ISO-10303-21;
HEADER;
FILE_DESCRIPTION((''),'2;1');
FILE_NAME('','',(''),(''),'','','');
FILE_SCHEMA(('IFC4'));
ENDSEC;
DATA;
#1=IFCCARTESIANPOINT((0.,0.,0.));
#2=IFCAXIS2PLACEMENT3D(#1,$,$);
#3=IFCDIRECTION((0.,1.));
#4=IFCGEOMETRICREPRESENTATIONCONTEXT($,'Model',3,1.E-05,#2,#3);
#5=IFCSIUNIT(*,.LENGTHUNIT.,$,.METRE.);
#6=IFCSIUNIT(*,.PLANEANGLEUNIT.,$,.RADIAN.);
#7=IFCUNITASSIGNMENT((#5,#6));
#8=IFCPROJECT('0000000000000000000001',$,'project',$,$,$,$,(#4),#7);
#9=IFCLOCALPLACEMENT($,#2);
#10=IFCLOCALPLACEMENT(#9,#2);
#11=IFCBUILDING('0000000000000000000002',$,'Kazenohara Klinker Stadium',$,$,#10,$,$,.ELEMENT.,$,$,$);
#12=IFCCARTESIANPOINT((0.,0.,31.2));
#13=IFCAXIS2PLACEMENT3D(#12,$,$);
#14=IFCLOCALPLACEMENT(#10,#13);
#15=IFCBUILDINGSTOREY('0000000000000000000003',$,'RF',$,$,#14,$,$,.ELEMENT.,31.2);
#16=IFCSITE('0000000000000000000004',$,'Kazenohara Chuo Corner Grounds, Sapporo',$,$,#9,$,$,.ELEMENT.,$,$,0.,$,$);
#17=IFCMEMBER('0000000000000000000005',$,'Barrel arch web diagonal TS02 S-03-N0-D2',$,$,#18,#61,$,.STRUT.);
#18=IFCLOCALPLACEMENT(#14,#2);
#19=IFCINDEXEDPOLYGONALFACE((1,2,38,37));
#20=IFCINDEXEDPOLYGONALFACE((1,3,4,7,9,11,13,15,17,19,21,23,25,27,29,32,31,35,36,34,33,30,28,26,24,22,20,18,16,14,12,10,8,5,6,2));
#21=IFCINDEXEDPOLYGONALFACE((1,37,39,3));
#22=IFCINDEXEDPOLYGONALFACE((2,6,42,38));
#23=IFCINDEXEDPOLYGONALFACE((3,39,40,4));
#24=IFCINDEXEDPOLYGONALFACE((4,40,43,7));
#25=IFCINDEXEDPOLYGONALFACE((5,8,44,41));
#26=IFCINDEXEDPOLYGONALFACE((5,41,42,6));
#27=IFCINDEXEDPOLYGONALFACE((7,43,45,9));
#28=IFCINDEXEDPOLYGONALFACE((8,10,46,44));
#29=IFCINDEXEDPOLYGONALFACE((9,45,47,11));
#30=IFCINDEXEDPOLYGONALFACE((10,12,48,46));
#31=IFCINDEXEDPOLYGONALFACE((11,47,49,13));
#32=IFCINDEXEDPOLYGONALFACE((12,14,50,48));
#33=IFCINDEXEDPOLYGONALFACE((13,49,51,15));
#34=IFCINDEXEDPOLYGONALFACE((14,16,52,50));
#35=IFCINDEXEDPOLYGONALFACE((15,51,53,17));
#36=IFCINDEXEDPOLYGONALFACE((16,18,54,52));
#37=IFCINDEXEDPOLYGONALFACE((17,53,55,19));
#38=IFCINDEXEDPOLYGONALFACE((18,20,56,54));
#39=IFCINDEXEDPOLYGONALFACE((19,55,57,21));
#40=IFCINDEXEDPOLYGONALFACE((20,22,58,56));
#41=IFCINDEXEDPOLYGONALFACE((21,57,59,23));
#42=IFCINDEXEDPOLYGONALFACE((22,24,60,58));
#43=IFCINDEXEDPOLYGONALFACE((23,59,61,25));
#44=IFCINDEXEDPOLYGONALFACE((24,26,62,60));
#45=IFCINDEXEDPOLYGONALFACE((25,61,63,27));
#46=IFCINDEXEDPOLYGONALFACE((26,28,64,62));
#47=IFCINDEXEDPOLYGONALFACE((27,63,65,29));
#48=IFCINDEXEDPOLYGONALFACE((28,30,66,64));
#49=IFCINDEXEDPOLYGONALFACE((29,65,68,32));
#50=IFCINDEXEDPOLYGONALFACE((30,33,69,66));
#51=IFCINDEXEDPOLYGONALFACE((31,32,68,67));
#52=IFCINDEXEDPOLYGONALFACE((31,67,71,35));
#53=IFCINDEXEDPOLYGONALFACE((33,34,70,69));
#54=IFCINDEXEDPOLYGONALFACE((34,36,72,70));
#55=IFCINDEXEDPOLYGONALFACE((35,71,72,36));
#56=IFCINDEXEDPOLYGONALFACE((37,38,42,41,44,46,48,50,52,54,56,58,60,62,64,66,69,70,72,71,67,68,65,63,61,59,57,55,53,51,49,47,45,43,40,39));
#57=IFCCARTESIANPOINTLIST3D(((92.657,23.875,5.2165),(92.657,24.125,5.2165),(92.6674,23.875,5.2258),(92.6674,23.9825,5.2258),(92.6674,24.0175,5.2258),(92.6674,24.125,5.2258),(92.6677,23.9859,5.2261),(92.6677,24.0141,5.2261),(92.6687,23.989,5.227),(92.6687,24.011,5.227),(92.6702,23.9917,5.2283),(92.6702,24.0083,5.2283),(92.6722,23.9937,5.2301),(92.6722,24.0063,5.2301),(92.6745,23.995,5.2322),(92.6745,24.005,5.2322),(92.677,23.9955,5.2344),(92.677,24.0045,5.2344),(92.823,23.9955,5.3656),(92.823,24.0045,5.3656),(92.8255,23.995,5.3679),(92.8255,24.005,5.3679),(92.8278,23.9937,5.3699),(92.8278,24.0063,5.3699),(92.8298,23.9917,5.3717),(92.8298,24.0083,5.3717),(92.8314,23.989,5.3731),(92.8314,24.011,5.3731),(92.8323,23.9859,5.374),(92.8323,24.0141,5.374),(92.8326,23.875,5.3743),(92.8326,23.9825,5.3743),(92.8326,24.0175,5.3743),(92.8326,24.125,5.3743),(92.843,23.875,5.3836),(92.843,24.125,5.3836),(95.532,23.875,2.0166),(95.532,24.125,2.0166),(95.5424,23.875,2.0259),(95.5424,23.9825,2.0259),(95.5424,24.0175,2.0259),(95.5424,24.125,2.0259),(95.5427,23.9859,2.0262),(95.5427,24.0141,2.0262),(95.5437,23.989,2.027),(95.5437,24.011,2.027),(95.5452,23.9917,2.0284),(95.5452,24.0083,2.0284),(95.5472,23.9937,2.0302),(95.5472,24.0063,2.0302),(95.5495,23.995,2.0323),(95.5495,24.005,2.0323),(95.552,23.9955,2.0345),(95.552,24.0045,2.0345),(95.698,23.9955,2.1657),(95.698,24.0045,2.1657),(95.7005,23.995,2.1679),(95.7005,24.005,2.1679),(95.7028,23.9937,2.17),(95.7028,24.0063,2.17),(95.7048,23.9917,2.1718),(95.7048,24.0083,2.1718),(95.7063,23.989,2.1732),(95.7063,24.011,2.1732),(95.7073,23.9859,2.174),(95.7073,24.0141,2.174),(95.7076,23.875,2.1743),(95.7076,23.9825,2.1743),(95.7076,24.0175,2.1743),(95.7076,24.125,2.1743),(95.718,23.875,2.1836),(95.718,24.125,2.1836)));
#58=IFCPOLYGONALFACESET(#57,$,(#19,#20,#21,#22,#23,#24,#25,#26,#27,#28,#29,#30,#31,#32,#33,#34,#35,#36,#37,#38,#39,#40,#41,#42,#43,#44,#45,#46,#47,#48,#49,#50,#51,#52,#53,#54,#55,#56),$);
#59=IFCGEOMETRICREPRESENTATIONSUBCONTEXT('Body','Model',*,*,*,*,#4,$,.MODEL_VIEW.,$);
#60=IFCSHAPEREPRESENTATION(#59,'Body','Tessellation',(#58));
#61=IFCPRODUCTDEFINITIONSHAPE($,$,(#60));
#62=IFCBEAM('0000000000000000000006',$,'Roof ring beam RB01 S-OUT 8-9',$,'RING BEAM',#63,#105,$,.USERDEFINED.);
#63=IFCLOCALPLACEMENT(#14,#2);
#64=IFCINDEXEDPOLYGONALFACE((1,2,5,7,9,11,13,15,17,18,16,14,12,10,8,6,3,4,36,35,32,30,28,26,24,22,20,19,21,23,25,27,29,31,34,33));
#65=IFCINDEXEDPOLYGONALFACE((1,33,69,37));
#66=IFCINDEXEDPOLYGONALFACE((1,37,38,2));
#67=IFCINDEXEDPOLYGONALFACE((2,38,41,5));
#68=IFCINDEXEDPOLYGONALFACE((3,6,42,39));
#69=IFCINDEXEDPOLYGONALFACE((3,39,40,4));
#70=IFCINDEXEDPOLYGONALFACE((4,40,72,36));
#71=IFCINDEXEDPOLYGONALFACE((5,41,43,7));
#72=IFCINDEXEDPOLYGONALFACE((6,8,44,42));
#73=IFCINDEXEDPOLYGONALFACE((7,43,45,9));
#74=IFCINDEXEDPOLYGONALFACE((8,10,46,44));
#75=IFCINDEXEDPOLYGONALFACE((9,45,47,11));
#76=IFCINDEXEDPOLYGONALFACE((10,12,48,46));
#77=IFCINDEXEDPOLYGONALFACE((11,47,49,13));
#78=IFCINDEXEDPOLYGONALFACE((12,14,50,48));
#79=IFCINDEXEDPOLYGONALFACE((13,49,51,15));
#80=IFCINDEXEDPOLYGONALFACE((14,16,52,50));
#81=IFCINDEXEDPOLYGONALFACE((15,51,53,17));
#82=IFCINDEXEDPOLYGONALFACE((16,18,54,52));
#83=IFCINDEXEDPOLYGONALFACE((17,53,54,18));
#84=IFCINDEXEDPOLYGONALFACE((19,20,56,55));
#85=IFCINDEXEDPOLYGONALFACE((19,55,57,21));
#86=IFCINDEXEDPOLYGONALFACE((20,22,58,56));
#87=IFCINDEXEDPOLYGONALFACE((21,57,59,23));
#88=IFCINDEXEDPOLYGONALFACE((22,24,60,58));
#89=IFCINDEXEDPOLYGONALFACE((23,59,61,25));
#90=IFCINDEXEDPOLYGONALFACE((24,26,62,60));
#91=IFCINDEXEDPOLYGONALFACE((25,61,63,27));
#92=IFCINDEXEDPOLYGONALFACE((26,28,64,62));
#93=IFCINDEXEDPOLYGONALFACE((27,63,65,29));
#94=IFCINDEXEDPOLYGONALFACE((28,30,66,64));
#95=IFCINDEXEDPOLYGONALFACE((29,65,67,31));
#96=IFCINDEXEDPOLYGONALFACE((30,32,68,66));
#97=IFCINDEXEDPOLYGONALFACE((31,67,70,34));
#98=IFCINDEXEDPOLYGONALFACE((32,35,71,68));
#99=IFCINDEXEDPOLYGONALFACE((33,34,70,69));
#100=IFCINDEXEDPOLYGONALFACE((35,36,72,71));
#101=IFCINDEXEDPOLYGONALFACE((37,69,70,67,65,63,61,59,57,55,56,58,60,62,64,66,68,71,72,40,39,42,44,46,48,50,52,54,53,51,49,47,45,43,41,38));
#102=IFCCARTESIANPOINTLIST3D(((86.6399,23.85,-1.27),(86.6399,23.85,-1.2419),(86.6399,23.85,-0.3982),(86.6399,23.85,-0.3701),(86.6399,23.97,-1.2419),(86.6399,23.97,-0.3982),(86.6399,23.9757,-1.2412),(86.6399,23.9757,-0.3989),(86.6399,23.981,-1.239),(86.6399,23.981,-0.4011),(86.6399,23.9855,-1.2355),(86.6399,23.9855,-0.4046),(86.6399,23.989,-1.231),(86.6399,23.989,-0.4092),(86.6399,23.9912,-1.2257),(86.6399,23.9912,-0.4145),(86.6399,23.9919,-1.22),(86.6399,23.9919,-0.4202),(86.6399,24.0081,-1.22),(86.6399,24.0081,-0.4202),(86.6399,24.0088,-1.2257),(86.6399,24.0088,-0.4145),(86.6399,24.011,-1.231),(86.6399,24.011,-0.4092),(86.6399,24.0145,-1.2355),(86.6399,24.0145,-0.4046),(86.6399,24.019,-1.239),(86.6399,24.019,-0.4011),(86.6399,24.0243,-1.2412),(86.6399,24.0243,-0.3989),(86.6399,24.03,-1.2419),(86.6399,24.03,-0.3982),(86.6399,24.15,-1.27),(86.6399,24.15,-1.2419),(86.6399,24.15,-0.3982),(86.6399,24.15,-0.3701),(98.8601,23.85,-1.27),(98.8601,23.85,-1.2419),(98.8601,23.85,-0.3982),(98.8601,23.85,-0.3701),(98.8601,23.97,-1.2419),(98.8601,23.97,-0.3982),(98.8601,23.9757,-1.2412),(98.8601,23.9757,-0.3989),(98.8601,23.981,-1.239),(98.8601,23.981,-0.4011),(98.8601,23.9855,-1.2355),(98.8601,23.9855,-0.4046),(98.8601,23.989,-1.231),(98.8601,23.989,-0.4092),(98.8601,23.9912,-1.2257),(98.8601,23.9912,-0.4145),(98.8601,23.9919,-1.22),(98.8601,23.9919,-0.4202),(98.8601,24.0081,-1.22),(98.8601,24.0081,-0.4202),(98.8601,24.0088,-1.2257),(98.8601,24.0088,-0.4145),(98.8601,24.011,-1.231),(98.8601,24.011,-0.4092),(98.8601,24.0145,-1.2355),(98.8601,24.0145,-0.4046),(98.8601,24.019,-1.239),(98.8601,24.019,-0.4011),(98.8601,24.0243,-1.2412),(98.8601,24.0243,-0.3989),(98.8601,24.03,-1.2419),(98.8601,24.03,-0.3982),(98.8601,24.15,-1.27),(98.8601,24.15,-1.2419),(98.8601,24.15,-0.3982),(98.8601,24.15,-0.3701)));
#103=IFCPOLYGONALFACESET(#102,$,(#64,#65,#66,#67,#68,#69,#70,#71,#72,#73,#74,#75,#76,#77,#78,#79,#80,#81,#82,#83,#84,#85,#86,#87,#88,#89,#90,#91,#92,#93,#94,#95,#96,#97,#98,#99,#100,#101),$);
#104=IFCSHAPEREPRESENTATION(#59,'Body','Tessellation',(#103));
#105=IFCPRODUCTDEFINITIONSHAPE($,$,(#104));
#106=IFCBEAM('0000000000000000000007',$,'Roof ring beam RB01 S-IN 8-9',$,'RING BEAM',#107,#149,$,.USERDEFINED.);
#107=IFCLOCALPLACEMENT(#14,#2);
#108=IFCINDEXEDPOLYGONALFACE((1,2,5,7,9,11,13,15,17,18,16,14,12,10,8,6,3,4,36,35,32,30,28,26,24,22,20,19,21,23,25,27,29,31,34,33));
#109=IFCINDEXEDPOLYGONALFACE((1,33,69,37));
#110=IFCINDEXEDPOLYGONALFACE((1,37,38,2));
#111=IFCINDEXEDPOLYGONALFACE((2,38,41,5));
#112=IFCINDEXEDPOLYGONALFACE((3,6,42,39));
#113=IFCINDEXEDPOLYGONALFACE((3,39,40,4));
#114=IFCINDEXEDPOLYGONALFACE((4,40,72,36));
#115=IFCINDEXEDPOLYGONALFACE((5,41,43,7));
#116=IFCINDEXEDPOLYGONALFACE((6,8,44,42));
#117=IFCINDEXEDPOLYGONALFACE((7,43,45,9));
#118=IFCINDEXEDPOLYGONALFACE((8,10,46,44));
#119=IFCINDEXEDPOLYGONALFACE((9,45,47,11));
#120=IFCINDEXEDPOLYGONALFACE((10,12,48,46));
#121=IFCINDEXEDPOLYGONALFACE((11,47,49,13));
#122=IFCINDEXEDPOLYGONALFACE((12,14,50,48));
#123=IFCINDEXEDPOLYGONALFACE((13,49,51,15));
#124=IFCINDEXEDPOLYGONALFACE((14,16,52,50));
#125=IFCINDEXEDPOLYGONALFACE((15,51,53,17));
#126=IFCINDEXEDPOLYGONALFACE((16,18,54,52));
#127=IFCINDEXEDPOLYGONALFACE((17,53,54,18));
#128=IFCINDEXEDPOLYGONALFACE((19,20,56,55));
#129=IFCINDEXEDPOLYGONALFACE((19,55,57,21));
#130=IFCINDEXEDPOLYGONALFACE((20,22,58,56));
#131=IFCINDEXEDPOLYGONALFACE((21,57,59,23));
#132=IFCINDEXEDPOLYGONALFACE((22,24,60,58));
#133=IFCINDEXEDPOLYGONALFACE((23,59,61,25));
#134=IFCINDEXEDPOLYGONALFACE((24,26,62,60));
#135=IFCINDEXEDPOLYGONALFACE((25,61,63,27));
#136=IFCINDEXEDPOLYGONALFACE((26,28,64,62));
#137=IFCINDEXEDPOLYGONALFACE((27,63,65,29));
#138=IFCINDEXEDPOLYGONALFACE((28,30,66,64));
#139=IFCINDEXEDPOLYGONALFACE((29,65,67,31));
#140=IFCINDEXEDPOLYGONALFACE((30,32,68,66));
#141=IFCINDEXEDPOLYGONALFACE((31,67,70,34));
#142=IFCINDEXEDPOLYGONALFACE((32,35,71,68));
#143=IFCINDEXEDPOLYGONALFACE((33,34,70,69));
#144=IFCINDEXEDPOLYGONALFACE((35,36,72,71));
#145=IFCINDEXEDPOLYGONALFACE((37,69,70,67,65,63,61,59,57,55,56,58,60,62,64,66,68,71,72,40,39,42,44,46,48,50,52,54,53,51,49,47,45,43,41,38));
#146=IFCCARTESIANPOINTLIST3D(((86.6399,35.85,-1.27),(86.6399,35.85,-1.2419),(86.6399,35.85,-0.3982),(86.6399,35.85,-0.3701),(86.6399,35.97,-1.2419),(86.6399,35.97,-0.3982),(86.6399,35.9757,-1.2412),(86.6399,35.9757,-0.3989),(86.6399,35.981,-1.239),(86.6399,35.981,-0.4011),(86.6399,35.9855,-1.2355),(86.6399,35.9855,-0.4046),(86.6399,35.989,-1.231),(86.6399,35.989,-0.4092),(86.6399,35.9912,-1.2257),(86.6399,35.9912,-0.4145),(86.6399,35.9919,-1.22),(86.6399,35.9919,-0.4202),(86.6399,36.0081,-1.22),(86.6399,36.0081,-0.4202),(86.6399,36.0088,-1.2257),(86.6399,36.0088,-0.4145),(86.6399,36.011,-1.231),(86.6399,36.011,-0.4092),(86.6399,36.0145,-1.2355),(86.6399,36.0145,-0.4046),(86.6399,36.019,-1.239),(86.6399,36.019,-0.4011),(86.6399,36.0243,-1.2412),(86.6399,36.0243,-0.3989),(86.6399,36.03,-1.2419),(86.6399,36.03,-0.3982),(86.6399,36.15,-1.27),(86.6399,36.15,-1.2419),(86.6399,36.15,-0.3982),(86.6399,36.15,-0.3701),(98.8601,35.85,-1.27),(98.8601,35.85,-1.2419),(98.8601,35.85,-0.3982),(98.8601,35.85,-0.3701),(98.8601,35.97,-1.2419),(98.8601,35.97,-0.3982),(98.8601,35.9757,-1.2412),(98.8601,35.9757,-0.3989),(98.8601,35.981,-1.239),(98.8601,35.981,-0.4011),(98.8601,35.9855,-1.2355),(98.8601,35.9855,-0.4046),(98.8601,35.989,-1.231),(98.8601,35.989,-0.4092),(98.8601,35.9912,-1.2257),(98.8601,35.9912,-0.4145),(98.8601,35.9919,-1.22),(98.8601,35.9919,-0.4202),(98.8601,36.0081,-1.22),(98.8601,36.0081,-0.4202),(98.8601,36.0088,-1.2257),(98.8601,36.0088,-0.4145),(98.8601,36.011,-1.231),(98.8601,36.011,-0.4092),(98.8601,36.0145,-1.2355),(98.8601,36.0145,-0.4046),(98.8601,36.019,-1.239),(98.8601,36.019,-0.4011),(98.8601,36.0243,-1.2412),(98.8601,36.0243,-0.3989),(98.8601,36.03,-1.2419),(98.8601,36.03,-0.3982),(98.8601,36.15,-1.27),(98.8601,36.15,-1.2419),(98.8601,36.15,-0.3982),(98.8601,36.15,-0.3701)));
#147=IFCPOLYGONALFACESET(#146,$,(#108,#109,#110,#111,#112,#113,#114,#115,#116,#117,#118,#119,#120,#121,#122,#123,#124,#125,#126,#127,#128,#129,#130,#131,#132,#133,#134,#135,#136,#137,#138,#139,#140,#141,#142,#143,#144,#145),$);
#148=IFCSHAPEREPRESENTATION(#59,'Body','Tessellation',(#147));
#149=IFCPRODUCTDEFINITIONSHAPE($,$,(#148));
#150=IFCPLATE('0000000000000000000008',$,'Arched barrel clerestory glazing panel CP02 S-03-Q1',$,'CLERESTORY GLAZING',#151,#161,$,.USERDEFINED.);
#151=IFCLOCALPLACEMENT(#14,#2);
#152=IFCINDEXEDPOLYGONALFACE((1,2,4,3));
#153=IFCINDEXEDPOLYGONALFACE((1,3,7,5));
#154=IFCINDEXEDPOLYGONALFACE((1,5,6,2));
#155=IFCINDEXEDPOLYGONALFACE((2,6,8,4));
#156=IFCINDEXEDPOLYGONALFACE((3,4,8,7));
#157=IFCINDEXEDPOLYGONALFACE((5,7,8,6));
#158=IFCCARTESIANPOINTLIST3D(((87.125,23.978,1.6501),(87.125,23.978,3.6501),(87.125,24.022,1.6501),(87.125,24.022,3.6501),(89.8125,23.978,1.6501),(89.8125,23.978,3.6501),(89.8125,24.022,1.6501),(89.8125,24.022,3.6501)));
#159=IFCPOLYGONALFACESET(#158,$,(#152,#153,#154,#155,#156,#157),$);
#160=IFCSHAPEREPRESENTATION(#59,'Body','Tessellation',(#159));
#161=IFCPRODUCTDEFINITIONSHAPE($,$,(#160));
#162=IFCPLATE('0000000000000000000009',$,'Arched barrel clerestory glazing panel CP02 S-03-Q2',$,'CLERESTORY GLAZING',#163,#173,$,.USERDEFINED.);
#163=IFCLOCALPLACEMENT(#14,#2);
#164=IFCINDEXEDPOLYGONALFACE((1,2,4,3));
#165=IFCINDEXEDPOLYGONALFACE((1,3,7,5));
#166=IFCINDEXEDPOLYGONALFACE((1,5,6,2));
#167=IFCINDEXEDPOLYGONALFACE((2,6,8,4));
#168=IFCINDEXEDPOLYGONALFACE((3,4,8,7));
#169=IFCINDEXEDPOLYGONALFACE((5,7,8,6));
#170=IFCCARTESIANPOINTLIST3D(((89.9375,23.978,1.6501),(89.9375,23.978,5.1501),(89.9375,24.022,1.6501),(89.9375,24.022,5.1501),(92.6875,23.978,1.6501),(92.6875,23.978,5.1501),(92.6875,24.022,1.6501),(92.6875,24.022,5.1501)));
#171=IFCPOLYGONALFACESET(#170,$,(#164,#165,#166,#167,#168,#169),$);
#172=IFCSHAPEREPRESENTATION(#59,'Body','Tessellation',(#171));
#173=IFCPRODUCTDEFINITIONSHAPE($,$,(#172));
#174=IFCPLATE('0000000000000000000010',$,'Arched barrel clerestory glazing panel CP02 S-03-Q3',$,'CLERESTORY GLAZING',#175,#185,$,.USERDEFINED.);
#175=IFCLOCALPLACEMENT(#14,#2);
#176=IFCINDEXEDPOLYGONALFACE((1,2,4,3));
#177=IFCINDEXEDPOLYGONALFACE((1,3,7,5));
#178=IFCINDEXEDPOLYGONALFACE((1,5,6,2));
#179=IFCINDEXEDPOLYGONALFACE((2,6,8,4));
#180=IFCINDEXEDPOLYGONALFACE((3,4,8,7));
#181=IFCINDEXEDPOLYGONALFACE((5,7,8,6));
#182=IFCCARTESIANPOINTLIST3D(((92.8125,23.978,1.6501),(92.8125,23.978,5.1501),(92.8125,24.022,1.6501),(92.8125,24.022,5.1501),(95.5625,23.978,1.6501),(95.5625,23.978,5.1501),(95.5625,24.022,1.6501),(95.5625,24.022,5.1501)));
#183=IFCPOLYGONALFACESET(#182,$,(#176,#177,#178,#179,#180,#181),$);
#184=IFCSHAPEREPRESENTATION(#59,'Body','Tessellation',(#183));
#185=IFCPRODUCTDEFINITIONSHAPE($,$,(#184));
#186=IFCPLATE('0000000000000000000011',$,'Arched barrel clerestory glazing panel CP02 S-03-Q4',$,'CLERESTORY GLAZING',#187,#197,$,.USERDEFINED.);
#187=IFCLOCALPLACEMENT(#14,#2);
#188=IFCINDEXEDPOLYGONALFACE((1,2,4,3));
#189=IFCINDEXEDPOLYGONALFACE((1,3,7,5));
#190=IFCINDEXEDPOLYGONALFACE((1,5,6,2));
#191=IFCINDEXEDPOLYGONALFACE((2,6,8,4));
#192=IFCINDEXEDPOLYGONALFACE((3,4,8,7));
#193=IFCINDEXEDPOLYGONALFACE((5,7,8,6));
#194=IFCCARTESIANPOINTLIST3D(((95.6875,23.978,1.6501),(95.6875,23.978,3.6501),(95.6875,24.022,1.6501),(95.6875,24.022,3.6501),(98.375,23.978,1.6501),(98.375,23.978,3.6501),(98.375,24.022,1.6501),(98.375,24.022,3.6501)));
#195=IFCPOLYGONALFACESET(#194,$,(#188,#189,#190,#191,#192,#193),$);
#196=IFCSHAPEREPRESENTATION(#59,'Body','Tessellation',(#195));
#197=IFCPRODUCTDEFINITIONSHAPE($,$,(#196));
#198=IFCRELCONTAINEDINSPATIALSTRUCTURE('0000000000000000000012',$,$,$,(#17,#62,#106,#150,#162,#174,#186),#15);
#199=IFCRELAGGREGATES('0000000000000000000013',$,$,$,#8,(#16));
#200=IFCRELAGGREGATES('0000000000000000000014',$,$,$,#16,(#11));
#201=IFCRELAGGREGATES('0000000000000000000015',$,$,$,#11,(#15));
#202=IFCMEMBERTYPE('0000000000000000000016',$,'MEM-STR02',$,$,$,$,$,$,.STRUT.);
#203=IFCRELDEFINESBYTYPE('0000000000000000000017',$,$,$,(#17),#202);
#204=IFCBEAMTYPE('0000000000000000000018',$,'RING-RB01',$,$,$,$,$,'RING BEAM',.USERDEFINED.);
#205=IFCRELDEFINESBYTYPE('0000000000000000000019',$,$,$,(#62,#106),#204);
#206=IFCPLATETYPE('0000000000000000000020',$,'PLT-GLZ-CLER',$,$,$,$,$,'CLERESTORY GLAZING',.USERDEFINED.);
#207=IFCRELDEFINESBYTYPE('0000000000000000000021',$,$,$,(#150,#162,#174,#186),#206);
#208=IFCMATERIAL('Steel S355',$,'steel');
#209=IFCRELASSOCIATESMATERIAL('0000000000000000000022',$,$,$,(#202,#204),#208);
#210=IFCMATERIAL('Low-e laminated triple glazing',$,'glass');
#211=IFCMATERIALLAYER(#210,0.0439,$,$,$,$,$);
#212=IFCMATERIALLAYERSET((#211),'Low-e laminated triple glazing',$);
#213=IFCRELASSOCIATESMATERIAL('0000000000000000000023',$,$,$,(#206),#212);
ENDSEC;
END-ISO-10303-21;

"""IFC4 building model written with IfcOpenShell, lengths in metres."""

from ifc_helpers import new_model, si_unit, direction, frame, origin, origin_2d, place, context, subcontext, project, spatial, rectangle, i_section, extrude, material, layer, layer_set, material_profile, profile_set, type_object, element, save


model = new_model("IFC4")

# Units and contexts
model_context = context("Model", 3, precision=1e-05, world=origin(), true_north=direction((0.0, 1.0)))
body_context = subcontext(model_context, "Body", "Model", "MODEL_VIEW")
ifc_project = project(units=[si_unit("LENGTHUNIT", "METRE"), si_unit("PLANEANGLEUNIT", "RADIAN")], contexts=[model_context])

# Site, building, storey
site_placement = place(None, origin())
site = spatial("IfcSite", under=ifc_project, at=site_placement, Name="Kazenohara Chuo Corner Grounds, Sapporo", CompositionType="ELEMENT", RefElevation=0.0)
building_placement = place(site_placement, origin())
building = spatial("IfcBuilding", under=site, at=building_placement, Name="Kazenohara Klinker Stadium", CompositionType="ELEMENT")
storey_placement = place(building_placement, frame((0.0, 0.0, 31.2)))
storey = spatial("IfcBuildingStorey", under=building, at=storey_placement, Name="RF", CompositionType="ELEMENT", Elevation=31.2)

# Member
ifc_material_1 = material(Name="Steel S355", Category="steel")
ifc_material_profile_1 = material_profile(ifc_material_1, i_section(OverallWidth=0.25, OverallDepth=0.25, WebThickness=0.009, FlangeThickness=0.0139, FilletRadius=0.0129, at=origin_2d()), Name="H-250x250x9x14")
ifc_profile_set_1 = profile_set([ifc_material_profile_1], Name="Steel S355")
member_type_1 = type_object("IfcMemberType", Name="MEM-STR02", PredefinedType="STRUT", material=ifc_profile_set_1)
for number, where, z_axis, x_axis, name in (
    (1, (95.625, 24.0, 2.1001), (-0.668328, 0.0, 0.743867), (0.0, -1.0, 0.0), "Barrel arch web diagonal TS02 S-03-N0-D2"),
):
    element("IfcMember", number, at=place(storey_placement, frame(where, z_axis=z_axis, x_axis=x_axis)), inside=storey, type_object=member_type_1, Name=name, PredefinedType="STRUT", context=body_context, shape_type="SweptSolid", body=[
        extrude(i_section(OverallWidth=0.25, OverallDepth=0.25, WebThickness=0.009, FlangeThickness=0.0139, FilletRadius=0.0129, at=origin_2d()), origin(), (0.0, 0.0, 1.0), 4.3018),
    ])

# Beams
ifc_material_profile_2 = material_profile(ifc_material_1, i_section(OverallWidth=0.3, OverallDepth=0.8999, WebThickness=0.0161, FlangeThickness=0.0281, FilletRadius=0.022, at=origin_2d()), Name="H-900x300x16x28")
ifc_profile_set_2 = profile_set([ifc_material_profile_2], Name="Steel S355")
beam_type = type_object("IfcBeamType", Name="RING-RB01", ElementType="RING BEAM", PredefinedType="USERDEFINED", material=ifc_profile_set_2)
for number, where, z_axis, x_axis, name in (
    (2, (86.6399, 24.0, -0.8201), (1.0, 0.0, 0.0), (0.0, 1.0, 0.0), "Roof ring beam RB01 S-OUT 8-9"),
    (3, (86.6399, 36.0, -0.8201), (1.0, 0.0, 0.0), (0.0, 1.0, 0.0), "Roof ring beam RB01 S-IN 8-9"),
):
    element("IfcBeam", number, at=place(storey_placement, frame(where, z_axis=z_axis, x_axis=x_axis)), inside=storey, type_object=beam_type, Name=name, ObjectType="RING BEAM", PredefinedType="USERDEFINED", context=body_context, shape_type="SweptSolid", body=[
        extrude(i_section(OverallWidth=0.3, OverallDepth=0.8999, WebThickness=0.0161, FlangeThickness=0.0281, FilletRadius=0.022, at=origin_2d()), origin(), (0.0, 0.0, 1.0), 12.2202),
    ])

# Plates
ifc_material_2 = material(Name="Low-e laminated triple glazing", Category="glass")
ifc_layer_1 = layer(ifc_material_2, 0.0439)
ifc_layer_set_1 = layer_set([ifc_layer_1], Name="Low-e laminated triple glazing")
plate_type_1 = type_object("IfcPlateType", Name="PLT-GLZ-CLER", ElementType="CLERESTORY GLAZING", PredefinedType="USERDEFINED", material=ifc_layer_set_1)
plate_1_placement = place(storey_placement, frame((88.4688, 24.0, 1.6501), z_axis=(0.0, 0.0, 1.0), x_axis=(1.0, 0.0, 0.0)))
element("IfcPlate", 4, at=plate_1_placement, inside=storey, type_object=plate_type_1, Name="Arched barrel clerestory glazing panel CP02 S-03-Q1", ObjectType="CLERESTORY GLAZING", PredefinedType="USERDEFINED", context=body_context, shape_type="SweptSolid", body=[
    extrude(rectangle(XDim=2.6875, YDim=0.0439, at=origin_2d()), origin(), (0.0, 0.0, 1.0), 2.0),
])
for number, where, z_axis, x_axis, name in (
    (5, (91.3125, 24.0, 1.6501), (0.0, 0.0, 1.0), (1.0, 0.0, 0.0), "Arched barrel clerestory glazing panel CP02 S-03-Q2"),
    (6, (94.1875, 24.0, 1.6501), (0.0, 0.0, 1.0), (1.0, 0.0, 0.0), "Arched barrel clerestory glazing panel CP02 S-03-Q3"),
):
    element("IfcPlate", number, at=place(storey_placement, frame(where, z_axis=z_axis, x_axis=x_axis)), inside=storey, type_object=plate_type_1, Name=name, ObjectType="CLERESTORY GLAZING", PredefinedType="USERDEFINED", context=body_context, shape_type="SweptSolid", body=[
        extrude(rectangle(XDim=2.75, YDim=0.0439, at=origin_2d()), origin(), (0.0, 0.0, 1.0), 3.5),
    ])
plate_2_placement = place(storey_placement, frame((97.0312, 24.0, 1.6501), z_axis=(0.0, 0.0, 1.0), x_axis=(1.0, 0.0, 0.0)))
element("IfcPlate", 7, at=plate_2_placement, inside=storey, type_object=plate_type_1, Name="Arched barrel clerestory glazing panel CP02 S-03-Q4", ObjectType="CLERESTORY GLAZING", PredefinedType="USERDEFINED", context=body_context, shape_type="SweptSolid", body=[
    extrude(rectangle(XDim=2.6875, YDim=0.0439, at=origin_2d()), origin(), (0.0, 0.0, 1.0), 2.0),
])

save(model, "model.ifc")
